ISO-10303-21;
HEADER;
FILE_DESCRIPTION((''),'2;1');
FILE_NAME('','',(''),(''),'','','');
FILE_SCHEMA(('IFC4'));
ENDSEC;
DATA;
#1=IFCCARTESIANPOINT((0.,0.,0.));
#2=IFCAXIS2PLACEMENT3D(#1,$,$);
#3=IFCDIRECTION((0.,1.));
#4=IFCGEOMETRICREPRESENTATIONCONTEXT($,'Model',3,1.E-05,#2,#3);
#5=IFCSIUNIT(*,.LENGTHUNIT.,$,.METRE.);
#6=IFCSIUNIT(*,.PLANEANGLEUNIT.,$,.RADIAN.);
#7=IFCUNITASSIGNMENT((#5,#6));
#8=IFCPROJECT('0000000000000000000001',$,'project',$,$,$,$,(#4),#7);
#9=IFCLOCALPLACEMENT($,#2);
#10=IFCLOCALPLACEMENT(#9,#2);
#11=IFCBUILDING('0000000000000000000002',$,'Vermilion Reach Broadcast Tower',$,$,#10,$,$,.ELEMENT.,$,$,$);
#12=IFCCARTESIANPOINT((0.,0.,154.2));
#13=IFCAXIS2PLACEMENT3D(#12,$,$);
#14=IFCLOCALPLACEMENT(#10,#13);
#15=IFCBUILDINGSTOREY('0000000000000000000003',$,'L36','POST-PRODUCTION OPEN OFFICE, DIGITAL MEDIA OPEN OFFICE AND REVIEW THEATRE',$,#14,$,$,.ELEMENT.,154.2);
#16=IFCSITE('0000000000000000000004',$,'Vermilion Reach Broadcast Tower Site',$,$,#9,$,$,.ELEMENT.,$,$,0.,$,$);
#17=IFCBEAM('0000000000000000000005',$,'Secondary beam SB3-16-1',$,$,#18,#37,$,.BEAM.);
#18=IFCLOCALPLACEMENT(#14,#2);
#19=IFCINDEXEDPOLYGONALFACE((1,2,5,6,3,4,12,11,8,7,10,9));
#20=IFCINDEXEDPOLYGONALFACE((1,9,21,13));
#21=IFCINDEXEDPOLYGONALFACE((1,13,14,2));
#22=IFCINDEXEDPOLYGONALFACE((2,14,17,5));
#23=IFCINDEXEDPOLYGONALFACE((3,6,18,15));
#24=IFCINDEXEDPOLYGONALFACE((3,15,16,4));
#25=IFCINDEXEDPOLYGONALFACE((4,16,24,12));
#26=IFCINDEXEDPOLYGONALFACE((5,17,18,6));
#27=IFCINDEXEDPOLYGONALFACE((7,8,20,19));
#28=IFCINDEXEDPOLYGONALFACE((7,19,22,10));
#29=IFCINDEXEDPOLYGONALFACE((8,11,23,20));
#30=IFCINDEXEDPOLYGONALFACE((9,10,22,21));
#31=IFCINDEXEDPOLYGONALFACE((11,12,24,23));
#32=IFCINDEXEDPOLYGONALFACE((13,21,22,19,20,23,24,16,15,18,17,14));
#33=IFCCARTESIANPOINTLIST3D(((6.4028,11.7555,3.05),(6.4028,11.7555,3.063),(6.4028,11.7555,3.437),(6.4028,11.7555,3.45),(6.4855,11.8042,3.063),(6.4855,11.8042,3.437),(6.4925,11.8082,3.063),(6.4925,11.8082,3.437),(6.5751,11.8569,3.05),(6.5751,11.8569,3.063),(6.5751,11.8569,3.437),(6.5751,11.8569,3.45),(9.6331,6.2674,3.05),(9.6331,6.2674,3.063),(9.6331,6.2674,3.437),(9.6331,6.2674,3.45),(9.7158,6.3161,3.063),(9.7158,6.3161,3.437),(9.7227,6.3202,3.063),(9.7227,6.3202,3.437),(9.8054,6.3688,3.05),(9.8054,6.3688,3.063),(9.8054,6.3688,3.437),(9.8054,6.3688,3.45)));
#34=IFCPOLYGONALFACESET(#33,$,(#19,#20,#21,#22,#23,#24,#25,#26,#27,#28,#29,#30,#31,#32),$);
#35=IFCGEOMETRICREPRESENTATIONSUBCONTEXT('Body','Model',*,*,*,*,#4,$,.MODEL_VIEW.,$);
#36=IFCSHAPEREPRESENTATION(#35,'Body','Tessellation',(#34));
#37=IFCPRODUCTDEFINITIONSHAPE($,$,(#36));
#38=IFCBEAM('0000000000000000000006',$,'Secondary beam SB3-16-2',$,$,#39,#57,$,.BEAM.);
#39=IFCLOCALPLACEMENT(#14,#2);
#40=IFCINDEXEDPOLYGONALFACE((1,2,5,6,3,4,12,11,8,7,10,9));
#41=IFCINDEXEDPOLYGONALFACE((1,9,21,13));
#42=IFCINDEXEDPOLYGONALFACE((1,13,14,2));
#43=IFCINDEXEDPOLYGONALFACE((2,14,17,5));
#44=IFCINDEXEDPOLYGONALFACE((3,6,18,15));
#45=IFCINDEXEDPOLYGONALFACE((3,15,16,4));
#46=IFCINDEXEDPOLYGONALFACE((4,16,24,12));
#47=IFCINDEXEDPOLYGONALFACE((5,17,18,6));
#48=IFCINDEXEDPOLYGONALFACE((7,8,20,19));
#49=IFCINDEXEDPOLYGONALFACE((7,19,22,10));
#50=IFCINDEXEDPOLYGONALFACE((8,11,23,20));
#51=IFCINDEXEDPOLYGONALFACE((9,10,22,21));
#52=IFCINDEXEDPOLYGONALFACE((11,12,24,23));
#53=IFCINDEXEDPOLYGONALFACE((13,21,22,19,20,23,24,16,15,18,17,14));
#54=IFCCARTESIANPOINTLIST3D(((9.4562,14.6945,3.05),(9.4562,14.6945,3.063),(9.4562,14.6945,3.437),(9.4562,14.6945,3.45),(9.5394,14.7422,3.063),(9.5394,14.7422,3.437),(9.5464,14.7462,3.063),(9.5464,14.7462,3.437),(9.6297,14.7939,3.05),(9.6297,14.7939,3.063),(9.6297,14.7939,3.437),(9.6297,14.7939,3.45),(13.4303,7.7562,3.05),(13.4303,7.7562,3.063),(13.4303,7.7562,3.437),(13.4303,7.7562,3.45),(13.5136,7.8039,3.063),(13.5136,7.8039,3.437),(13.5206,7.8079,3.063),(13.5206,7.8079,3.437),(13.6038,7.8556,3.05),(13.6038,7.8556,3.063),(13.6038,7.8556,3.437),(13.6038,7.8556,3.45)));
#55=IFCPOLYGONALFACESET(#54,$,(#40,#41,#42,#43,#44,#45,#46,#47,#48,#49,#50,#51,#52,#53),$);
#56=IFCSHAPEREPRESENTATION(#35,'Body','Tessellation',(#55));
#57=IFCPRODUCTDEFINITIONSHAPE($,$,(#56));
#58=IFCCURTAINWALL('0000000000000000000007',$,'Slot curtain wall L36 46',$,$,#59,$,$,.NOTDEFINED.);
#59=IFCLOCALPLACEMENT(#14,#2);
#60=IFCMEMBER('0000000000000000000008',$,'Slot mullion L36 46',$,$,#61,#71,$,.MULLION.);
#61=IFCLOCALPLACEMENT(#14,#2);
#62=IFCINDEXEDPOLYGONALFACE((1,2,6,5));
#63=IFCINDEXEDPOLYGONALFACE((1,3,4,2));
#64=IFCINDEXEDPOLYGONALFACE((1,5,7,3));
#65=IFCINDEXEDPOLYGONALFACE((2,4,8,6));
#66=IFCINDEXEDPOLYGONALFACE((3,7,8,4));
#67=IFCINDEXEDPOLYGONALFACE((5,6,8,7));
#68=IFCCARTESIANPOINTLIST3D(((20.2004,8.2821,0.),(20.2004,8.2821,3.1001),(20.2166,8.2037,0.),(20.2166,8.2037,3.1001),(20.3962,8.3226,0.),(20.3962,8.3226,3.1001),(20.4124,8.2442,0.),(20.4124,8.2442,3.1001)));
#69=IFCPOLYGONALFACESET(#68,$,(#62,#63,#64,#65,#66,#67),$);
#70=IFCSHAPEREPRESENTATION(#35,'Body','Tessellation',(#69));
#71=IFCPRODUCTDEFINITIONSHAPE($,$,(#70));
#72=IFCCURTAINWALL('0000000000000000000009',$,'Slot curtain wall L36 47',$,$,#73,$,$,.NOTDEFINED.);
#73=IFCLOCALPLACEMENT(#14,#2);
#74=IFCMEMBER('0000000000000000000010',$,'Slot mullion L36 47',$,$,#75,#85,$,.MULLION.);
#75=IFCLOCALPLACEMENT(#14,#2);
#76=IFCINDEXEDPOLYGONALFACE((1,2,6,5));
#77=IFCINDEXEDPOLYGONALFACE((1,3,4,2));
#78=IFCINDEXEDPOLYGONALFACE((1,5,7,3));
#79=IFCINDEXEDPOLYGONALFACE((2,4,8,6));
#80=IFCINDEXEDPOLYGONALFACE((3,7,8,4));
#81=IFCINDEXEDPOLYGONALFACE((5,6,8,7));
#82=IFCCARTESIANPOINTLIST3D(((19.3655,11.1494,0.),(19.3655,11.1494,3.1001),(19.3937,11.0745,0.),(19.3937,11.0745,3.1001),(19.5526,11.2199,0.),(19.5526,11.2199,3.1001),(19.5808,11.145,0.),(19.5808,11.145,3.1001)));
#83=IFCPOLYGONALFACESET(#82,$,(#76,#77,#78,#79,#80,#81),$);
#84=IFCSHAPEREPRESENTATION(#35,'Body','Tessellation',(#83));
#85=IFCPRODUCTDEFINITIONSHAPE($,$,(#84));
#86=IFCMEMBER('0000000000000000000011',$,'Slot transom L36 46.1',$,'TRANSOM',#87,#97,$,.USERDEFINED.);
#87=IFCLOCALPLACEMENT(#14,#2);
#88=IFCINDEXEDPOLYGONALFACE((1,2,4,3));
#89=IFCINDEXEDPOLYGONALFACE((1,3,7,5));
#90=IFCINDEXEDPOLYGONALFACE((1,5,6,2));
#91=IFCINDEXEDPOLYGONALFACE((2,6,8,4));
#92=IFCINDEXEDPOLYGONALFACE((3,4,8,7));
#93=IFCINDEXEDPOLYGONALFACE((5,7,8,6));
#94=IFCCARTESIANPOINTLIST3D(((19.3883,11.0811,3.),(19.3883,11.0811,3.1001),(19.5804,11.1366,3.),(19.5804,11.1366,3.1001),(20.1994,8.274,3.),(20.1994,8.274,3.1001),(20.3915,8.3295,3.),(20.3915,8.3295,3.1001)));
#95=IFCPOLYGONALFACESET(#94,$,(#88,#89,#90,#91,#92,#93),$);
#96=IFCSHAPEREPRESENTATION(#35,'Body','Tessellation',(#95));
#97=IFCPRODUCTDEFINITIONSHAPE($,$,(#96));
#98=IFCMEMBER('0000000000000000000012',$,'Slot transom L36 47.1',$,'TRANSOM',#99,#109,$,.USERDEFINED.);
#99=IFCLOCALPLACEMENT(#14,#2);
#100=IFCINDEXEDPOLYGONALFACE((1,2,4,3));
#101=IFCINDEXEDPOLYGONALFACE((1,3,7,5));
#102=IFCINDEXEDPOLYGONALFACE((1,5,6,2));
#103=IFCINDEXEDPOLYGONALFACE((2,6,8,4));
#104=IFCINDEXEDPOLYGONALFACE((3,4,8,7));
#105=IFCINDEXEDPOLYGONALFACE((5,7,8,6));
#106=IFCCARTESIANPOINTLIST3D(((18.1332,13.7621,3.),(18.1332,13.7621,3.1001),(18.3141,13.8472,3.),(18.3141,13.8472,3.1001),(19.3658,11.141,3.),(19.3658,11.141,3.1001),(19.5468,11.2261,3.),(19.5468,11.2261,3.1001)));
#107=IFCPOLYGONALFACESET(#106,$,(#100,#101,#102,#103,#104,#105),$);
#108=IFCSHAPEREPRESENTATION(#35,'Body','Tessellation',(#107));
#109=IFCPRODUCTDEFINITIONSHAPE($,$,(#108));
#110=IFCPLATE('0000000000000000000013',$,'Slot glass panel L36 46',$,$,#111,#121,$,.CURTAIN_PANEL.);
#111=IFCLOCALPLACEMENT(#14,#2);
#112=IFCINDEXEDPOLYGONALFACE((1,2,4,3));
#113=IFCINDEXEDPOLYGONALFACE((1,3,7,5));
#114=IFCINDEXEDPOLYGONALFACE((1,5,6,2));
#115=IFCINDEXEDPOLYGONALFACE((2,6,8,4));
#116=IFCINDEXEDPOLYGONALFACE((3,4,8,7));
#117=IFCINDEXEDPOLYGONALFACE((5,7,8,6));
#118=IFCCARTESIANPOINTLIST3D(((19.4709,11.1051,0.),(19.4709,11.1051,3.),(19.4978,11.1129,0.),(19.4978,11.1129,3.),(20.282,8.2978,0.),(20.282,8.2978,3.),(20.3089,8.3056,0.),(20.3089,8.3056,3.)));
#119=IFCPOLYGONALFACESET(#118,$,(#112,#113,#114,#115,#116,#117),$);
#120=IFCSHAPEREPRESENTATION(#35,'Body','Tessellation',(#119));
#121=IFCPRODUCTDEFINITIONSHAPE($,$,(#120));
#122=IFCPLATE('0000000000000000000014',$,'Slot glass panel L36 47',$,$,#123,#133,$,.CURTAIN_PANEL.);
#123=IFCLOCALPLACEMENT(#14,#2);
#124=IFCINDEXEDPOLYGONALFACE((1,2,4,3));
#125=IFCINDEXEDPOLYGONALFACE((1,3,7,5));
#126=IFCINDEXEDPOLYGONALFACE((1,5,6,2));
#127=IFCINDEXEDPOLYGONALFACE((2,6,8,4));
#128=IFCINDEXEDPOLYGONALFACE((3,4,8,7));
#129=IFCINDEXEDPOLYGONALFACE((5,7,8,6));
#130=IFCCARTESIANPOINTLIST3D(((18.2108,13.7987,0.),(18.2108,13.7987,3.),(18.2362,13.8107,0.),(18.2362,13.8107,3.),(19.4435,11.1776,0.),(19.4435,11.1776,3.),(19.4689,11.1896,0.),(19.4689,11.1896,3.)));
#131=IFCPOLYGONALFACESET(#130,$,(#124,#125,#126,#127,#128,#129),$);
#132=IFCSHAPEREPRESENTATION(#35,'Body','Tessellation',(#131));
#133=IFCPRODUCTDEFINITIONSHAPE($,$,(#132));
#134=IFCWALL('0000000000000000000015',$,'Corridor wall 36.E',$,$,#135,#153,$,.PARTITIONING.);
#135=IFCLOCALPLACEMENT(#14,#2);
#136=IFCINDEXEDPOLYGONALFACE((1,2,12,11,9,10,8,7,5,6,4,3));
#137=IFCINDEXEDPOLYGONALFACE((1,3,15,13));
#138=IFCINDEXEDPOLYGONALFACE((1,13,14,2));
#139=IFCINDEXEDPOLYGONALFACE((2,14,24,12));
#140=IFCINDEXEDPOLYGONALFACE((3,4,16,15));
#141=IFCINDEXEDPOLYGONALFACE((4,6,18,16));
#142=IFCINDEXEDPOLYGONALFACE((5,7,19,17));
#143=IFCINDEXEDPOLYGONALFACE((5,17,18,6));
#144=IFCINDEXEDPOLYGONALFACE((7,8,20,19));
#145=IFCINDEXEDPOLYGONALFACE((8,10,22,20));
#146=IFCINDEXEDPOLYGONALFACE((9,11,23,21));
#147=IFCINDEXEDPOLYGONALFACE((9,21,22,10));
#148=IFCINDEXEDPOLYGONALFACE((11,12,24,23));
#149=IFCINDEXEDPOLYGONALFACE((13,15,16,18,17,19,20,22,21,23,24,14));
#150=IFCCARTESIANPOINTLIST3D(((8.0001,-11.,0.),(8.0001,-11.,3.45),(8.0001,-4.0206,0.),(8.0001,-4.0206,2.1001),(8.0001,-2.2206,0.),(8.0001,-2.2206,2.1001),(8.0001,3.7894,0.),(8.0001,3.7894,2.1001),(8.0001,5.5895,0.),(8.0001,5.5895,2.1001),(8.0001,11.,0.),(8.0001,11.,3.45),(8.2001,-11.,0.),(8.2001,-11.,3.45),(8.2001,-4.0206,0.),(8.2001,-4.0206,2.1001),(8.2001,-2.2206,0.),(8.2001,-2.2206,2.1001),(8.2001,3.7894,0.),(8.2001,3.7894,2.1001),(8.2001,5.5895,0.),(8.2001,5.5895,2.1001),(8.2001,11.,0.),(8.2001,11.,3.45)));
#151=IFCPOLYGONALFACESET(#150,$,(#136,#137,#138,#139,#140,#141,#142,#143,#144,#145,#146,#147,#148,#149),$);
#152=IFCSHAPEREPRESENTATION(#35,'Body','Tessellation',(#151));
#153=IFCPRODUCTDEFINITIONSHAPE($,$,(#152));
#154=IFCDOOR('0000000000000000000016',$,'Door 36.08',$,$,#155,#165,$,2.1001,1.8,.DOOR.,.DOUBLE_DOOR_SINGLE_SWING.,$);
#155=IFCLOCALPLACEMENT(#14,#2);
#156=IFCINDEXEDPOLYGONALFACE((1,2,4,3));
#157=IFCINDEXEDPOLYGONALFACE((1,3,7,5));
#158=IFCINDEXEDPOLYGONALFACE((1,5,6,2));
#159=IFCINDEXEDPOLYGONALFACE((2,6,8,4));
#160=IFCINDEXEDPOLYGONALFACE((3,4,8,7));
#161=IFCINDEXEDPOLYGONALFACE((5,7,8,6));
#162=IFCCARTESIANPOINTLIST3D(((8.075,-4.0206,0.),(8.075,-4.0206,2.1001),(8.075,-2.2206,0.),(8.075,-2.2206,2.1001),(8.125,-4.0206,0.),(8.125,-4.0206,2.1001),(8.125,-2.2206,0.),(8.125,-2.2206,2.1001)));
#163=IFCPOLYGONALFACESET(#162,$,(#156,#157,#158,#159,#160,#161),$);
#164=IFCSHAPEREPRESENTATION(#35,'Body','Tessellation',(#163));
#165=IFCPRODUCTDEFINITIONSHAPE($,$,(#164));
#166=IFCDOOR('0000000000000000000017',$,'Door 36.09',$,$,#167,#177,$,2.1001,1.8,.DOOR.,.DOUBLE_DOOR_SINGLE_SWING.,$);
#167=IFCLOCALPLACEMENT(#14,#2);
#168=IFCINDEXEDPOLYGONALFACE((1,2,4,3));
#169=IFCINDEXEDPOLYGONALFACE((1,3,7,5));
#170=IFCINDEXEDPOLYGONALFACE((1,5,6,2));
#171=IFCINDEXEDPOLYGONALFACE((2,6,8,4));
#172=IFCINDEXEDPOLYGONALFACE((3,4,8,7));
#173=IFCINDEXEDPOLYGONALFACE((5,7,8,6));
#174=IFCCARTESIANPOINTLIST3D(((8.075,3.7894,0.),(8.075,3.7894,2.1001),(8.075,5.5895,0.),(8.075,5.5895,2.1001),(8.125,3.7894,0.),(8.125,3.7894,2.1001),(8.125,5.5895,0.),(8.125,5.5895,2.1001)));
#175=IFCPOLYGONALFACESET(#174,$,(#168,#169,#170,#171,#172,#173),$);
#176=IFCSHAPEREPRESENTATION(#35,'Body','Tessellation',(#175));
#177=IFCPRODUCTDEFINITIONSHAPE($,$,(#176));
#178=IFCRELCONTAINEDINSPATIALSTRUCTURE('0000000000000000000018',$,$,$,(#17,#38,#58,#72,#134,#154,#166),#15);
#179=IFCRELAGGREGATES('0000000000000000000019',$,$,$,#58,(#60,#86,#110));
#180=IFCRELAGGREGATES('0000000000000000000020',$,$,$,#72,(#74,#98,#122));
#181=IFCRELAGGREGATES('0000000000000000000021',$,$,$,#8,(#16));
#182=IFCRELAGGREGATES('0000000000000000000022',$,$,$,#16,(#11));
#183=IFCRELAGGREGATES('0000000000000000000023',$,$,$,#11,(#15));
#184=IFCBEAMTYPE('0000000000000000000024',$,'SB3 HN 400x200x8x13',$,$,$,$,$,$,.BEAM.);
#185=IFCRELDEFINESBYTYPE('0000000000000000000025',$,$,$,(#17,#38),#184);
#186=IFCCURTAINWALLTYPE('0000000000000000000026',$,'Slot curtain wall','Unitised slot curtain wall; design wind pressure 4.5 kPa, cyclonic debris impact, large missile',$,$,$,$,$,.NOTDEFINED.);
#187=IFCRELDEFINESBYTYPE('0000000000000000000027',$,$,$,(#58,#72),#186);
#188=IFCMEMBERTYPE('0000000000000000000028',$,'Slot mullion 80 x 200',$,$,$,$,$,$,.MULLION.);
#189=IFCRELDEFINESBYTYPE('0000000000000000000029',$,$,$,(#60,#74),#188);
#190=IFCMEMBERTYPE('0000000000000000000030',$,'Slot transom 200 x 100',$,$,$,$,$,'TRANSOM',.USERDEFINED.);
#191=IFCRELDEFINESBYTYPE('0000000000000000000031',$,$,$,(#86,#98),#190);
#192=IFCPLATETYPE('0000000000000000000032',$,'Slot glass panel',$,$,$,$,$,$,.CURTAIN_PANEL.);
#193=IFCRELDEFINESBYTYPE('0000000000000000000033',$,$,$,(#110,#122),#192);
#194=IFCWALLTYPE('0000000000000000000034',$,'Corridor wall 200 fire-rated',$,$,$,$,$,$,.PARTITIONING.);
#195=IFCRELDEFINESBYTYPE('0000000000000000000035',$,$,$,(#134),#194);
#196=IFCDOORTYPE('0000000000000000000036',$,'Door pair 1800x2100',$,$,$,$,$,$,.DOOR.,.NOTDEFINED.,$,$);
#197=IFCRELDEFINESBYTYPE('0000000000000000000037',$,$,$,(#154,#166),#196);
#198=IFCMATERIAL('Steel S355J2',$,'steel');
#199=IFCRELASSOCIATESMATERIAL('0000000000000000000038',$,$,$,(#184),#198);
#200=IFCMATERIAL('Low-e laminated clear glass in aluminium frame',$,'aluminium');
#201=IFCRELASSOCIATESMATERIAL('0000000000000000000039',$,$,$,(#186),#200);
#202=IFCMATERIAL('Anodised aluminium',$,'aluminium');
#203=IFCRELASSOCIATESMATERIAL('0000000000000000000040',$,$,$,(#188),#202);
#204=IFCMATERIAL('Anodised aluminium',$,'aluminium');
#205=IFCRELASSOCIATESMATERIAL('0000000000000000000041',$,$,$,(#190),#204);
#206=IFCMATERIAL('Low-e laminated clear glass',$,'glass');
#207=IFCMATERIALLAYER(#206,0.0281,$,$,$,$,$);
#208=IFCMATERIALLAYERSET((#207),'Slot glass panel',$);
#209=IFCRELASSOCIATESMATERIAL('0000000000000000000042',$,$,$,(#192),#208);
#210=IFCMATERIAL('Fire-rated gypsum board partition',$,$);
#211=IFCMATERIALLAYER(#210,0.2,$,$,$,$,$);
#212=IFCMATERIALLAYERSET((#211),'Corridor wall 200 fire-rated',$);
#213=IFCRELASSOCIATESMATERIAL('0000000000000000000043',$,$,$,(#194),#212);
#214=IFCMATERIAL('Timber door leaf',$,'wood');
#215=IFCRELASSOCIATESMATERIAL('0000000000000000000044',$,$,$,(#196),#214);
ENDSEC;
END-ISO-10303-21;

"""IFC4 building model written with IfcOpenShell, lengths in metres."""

from ifc_helpers import new_model, si_unit, direction, frame, frame_2d, origin, origin_2d, place, context, subcontext, project, spatial, rectangle, i_section, extrude, material, layer, layer_set, material_profile, profile_set, type_object, element, fill, aggregate, save


model = new_model("IFC4")

# Units and contexts
model_context = context("Model", 3, precision=1e-05, world=origin(), true_north=direction((0.0, 1.0)))
body_context = subcontext(model_context, "Body", "Model", "MODEL_VIEW")
ifc_project = project(units=[si_unit("LENGTHUNIT", "METRE"), si_unit("PLANEANGLEUNIT", "RADIAN")], contexts=[model_context])

# Site, building, storey
site_placement = place(None, origin())
site = spatial("IfcSite", under=ifc_project, at=site_placement, Name="Vermilion Reach Broadcast Tower Site", CompositionType="ELEMENT", RefElevation=0.0)
building_placement = place(site_placement, origin())
building = spatial("IfcBuilding", under=site, at=building_placement, Name="Vermilion Reach Broadcast Tower", CompositionType="ELEMENT")
storey_placement = place(building_placement, frame((0.0, 0.0, 154.2)))
storey = spatial("IfcBuildingStorey", under=building, at=storey_placement, Name="L36", Description="POST-PRODUCTION OPEN OFFICE, DIGITAL MEDIA OPEN OFFICE AND REVIEW THEATRE", CompositionType="ELEMENT", Elevation=154.2)

# Beams
ifc_material_1 = material(Name="Steel S355J2", Category="steel")
ifc_material_profile_1 = material_profile(ifc_material_1, i_section(OverallWidth=0.2, OverallDepth=0.3999, WebThickness=0.0081, FlangeThickness=0.0129, at=origin_2d()), Name="S355J2 HN 400x200x8x13")
ifc_profile_set_1 = profile_set([ifc_material_profile_1], Name="Steel S355J2")
beam_type_1 = type_object("IfcBeamType", Name="SB3 HN 400x200x8x13", PredefinedType="BEAM", material=ifc_profile_set_1)
beam_1_placement = place(storey_placement, frame((9.7192, 6.3181, 3.25), z_axis=(-0.50725, 0.861799, 0.0), x_axis=(-0.861799, -0.50725, 0.0)))
element("IfcBeam", 1, at=beam_1_placement, inside=storey, type_object=beam_type_1, Name="Secondary beam SB3-16-1", PredefinedType="BEAM", context=body_context, shape_type="SweptSolid", body=[
    extrude(i_section(OverallWidth=0.2, OverallDepth=0.3999, WebThickness=0.0081, FlangeThickness=0.0129, at=origin_2d()), origin(), (0.0, 0.0, 1.0), 6.3682),
])
beam_2_placement = place(storey_placement, frame((13.5171, 7.8059, 3.25), z_axis=(-0.497027, 0.867735, 0.0), x_axis=(-0.867735, -0.497027, 0.0)))
element("IfcBeam", 2, at=beam_2_placement, inside=storey, type_object=beam_type_1, Name="Secondary beam SB3-16-2", PredefinedType="BEAM", context=body_context, shape_type="SweptSolid", body=[
    extrude(i_section(OverallWidth=0.2, OverallDepth=0.3999, WebThickness=0.0081, FlangeThickness=0.0129, at=origin_2d()), origin(), (0.0, 0.0, 1.0), 7.9958),
])

# Curtain walls, members
ifc_material_2 = material(Name="Low-e laminated clear glass in aluminium frame", Category="aluminium")
curtain_wall_type = type_object("IfcCurtainWallType", Name="Slot curtain wall", Description="Unitised slot curtain wall; design wind pressure 4.5 kPa, cyclonic debris impact, large missile", PredefinedType="NOTDEFINED", material=ifc_material_2)
placement = place(storey_placement, origin())
curtain_wall_1 = element("IfcCurtainWall", 3, at=placement, inside=storey, type_object=curtain_wall_type, Name="Slot curtain wall L36 46", PredefinedType="NOTDEFINED")
ifc_material_3 = material(Name="Anodised aluminium", Category="aluminium")
ifc_material_profile_2 = material_profile(ifc_material_3, rectangle(XDim=0.2, YDim=0.0801, at=origin_2d()), Name="Slot mullion 80 x 200")
ifc_profile_set_2 = profile_set([ifc_material_profile_2], Name="Anodised aluminium")
member_type_1 = type_object("IfcMemberType", Name="Slot mullion 80 x 200", PredefinedType="MULLION", material=ifc_profile_set_2)
member_1_placement = place(storey_placement, frame((20.3064, 8.2632, 0.0), z_axis=(0.0, 0.0, 1.0), x_axis=(-0.97927, -0.202558, 0.0)))
member_1 = element("IfcMember", 4, at=member_1_placement, type_object=member_type_1, Name="Slot mullion L36 46", PredefinedType="MULLION", context=body_context, shape_type="SweptSolid", body=[
    extrude(rectangle(XDim=0.2, YDim=0.0801, at=origin_2d()), origin(), (0.0, 0.0, 1.0), 3.1001),
])
curtain_wall_2 = element("IfcCurtainWall", 5, at=placement, inside=storey, type_object=curtain_wall_type, Name="Slot curtain wall L36 47", PredefinedType="NOTDEFINED")
member_2_placement = place(storey_placement, frame((19.4731, 11.1472, 0.0), z_axis=(0.0, 0.0, 1.0), x_axis=(-0.935745, -0.352677, 0.0)))
member_2 = element("IfcMember", 6, at=member_2_placement, type_object=member_type_1, Name="Slot mullion L36 47", PredefinedType="MULLION", context=body_context, shape_type="SweptSolid", body=[
    extrude(rectangle(XDim=0.2, YDim=0.0801, at=origin_2d()), origin(), (0.0, 0.0, 1.0), 3.1001),
])

# Members
ifc_material_4 = material(Name="Anodised aluminium", Category="aluminium")
ifc_material_profile_3 = material_profile(ifc_material_4, rectangle(XDim=0.2, YDim=0.1001, at=origin_2d()), Name="Slot transom 200 x 100")
ifc_profile_set_3 = profile_set([ifc_material_profile_3], Name="Anodised aluminium")
member_type_2 = type_object("IfcMemberType", Name="Slot transom 200 x 100", ElementType="TRANSOM", PredefinedType="USERDEFINED", material=ifc_profile_set_3)
member_3_placement = place(storey_placement, frame((20.2954, 8.3018, 3.05), z_axis=(-0.277567, 0.960706, 0.0), x_axis=(-0.960706, -0.277567, 0.0)))
member_3 = element("IfcMember", 7, at=member_3_placement, type_object=member_type_2, Name="Slot transom L36 46.1", ObjectType="TRANSOM", PredefinedType="USERDEFINED", context=body_context, shape_type="SweptSolid", body=[
    extrude(rectangle(XDim=0.2, YDim=0.1001, at=origin_2d()), origin(), (0.0, 0.0, 1.0), 2.9219),
])
member_4_placement = place(storey_placement, frame((19.4563, 11.1836, 3.05), z_axis=(-0.425574, 0.904924, 0.0), x_axis=(-0.904924, -0.425574, 0.0)))
member_4 = element("IfcMember", 8, at=member_4_placement, type_object=member_type_2, Name="Slot transom L36 47.1", ObjectType="TRANSOM", PredefinedType="USERDEFINED", context=body_context, shape_type="SweptSolid", body=[
    extrude(rectangle(XDim=0.2, YDim=0.1001, at=origin_2d()), origin(), (0.0, 0.0, 1.0), 2.8965),
])

# Plates
ifc_material_5 = material(Name="Low-e laminated clear glass", Category="glass")
ifc_layer_1 = layer(ifc_material_5, 0.0281)
ifc_layer_set_1 = layer_set([ifc_layer_1], Name="Slot glass panel")
plate_type = type_object("IfcPlateType", Name="Slot glass panel", PredefinedType="CURTAIN_PANEL", material=ifc_layer_set_1)
plate_1_placement = place(storey_placement, frame((19.8899, 9.7053, 0.0), z_axis=(0.0, 0.0, 1.0), x_axis=(-0.277574, 0.960704, 0.0)))
plate_1 = element("IfcPlate", 9, at=plate_1_placement, type_object=plate_type, Name="Slot glass panel L36 46", PredefinedType="CURTAIN_PANEL", context=body_context, shape_type="SweptSolid", body=[
    extrude(rectangle(XDim=2.9221, YDim=0.0281, at=origin_2d()), origin(), (0.0, 0.0, 1.0), 3.0),
])
aggregate(curtain_wall_1, [member_1, member_3, plate_1])
plate_2_placement = place(storey_placement, frame((18.8398, 12.4941, 0.0), z_axis=(0.0, 0.0, 1.0), x_axis=(-0.42557, 0.904925, 0.0)))
plate_2 = element("IfcPlate", 10, at=plate_2_placement, type_object=plate_type, Name="Slot glass panel L36 47", PredefinedType="CURTAIN_PANEL", context=body_context, shape_type="SweptSolid", body=[
    extrude(rectangle(XDim=2.8965, YDim=0.0281, at=origin_2d()), origin(), (0.0, 0.0, 1.0), 3.0),
])
aggregate(curtain_wall_2, [member_2, member_4, plate_2])

# Wall, openings, doors
ifc_material_6 = material(Name="Fire-rated gypsum board partition")
ifc_layer_2 = layer(ifc_material_6, 0.2)
ifc_layer_set_2 = layer_set([ifc_layer_2], Name="Corridor wall 200 fire-rated")
wall_type_1 = type_object("IfcWallType", Name="Corridor wall 200 fire-rated", PredefinedType="PARTITIONING", material=ifc_layer_set_2)
wall_1_placement = place(storey_placement, frame((8.1001, 11.0, 0.0), z_axis=(0.0, 0.0, 1.0), x_axis=(0.0, -1.0, 0.0)))
wall_1 = element("IfcWall", 11, at=wall_1_placement, inside=storey, type_object=wall_type_1, Name="Corridor wall 36.E", PredefinedType="PARTITIONING", context=body_context, shape_type="SweptSolid", body=[
    extrude(rectangle(XDim=22.0, YDim=0.2, at=frame_2d((11.0, 0.0))), origin(), (0.0, 0.0, 1.0), 3.45),
])
opening_1_placement = place(wall_1_placement, frame((13.2207, 0.0, 0.0)))
opening_1 = element("IfcOpeningElement", 12, at=opening_1_placement, cuts=wall_1, PredefinedType="OPENING", context=body_context, shape_type="SweptSolid", body=[
    extrude(rectangle(XDim=1.8, YDim=2.1001, at=frame_2d((0.8999, 1.05))), frame((0.0, 0.1099, 0.0), z_axis=(0.0, -1.0, 0.0), x_axis=(1.0, 0.0, 0.0)), (0.0, 0.0, 1.0), 0.22),
])
opening_2_placement = place(wall_1_placement, frame((5.4106, 0.0, 0.0)))
opening_2 = element("IfcOpeningElement", 13, at=opening_2_placement, cuts=wall_1, PredefinedType="OPENING", context=body_context, shape_type="SweptSolid", body=[
    extrude(rectangle(XDim=1.8, YDim=2.1001, at=frame_2d((0.8999, 1.05))), frame((0.0, 0.1099, 0.0), z_axis=(0.0, -1.0, 0.0), x_axis=(1.0, 0.0, 0.0)), (0.0, 0.0, 1.0), 0.22),
])
ifc_material_7 = material(Name="Timber door leaf", Category="wood")
door_type = type_object("IfcDoorType", Name="Door pair 1800x2100", OperationType="NOTDEFINED", PredefinedType="DOOR", material=ifc_material_7)
door_1_placement = place(opening_1_placement, origin())
door_1 = element("IfcDoor", 14, at=door_1_placement, inside=storey, type_object=door_type, Name="Door 36.08", OperationType="DOUBLE_DOOR_SINGLE_SWING", OverallHeight=2.1001, OverallWidth=1.8, PredefinedType="DOOR", context=body_context, shape_type="SweptSolid", body=[
    extrude(rectangle(XDim=1.8, YDim=2.1001, at=frame_2d((0.8999, 1.05))), frame((0.0, 0.0249, 0.0), z_axis=(0.0, -1.0, 0.0), x_axis=(1.0, 0.0, 0.0)), (0.0, 0.0, 1.0), 0.05),
])
fill(opening_1, door_1)
door_2_placement = place(opening_2_placement, origin())
door_2 = element("IfcDoor", 15, at=door_2_placement, inside=storey, type_object=door_type, Name="Door 36.09", OperationType="DOUBLE_DOOR_SINGLE_SWING", OverallHeight=2.1001, OverallWidth=1.8, PredefinedType="DOOR", context=body_context, shape_type="SweptSolid", body=[
    extrude(rectangle(XDim=1.8, YDim=2.1001, at=frame_2d((0.8999, 1.05))), frame((0.0, 0.0249, 0.0), z_axis=(0.0, -1.0, 0.0), x_axis=(1.0, 0.0, 0.0)), (0.0, 0.0, 1.0), 0.05),
])
fill(opening_2, door_2)

save(model, "model.ifc")
